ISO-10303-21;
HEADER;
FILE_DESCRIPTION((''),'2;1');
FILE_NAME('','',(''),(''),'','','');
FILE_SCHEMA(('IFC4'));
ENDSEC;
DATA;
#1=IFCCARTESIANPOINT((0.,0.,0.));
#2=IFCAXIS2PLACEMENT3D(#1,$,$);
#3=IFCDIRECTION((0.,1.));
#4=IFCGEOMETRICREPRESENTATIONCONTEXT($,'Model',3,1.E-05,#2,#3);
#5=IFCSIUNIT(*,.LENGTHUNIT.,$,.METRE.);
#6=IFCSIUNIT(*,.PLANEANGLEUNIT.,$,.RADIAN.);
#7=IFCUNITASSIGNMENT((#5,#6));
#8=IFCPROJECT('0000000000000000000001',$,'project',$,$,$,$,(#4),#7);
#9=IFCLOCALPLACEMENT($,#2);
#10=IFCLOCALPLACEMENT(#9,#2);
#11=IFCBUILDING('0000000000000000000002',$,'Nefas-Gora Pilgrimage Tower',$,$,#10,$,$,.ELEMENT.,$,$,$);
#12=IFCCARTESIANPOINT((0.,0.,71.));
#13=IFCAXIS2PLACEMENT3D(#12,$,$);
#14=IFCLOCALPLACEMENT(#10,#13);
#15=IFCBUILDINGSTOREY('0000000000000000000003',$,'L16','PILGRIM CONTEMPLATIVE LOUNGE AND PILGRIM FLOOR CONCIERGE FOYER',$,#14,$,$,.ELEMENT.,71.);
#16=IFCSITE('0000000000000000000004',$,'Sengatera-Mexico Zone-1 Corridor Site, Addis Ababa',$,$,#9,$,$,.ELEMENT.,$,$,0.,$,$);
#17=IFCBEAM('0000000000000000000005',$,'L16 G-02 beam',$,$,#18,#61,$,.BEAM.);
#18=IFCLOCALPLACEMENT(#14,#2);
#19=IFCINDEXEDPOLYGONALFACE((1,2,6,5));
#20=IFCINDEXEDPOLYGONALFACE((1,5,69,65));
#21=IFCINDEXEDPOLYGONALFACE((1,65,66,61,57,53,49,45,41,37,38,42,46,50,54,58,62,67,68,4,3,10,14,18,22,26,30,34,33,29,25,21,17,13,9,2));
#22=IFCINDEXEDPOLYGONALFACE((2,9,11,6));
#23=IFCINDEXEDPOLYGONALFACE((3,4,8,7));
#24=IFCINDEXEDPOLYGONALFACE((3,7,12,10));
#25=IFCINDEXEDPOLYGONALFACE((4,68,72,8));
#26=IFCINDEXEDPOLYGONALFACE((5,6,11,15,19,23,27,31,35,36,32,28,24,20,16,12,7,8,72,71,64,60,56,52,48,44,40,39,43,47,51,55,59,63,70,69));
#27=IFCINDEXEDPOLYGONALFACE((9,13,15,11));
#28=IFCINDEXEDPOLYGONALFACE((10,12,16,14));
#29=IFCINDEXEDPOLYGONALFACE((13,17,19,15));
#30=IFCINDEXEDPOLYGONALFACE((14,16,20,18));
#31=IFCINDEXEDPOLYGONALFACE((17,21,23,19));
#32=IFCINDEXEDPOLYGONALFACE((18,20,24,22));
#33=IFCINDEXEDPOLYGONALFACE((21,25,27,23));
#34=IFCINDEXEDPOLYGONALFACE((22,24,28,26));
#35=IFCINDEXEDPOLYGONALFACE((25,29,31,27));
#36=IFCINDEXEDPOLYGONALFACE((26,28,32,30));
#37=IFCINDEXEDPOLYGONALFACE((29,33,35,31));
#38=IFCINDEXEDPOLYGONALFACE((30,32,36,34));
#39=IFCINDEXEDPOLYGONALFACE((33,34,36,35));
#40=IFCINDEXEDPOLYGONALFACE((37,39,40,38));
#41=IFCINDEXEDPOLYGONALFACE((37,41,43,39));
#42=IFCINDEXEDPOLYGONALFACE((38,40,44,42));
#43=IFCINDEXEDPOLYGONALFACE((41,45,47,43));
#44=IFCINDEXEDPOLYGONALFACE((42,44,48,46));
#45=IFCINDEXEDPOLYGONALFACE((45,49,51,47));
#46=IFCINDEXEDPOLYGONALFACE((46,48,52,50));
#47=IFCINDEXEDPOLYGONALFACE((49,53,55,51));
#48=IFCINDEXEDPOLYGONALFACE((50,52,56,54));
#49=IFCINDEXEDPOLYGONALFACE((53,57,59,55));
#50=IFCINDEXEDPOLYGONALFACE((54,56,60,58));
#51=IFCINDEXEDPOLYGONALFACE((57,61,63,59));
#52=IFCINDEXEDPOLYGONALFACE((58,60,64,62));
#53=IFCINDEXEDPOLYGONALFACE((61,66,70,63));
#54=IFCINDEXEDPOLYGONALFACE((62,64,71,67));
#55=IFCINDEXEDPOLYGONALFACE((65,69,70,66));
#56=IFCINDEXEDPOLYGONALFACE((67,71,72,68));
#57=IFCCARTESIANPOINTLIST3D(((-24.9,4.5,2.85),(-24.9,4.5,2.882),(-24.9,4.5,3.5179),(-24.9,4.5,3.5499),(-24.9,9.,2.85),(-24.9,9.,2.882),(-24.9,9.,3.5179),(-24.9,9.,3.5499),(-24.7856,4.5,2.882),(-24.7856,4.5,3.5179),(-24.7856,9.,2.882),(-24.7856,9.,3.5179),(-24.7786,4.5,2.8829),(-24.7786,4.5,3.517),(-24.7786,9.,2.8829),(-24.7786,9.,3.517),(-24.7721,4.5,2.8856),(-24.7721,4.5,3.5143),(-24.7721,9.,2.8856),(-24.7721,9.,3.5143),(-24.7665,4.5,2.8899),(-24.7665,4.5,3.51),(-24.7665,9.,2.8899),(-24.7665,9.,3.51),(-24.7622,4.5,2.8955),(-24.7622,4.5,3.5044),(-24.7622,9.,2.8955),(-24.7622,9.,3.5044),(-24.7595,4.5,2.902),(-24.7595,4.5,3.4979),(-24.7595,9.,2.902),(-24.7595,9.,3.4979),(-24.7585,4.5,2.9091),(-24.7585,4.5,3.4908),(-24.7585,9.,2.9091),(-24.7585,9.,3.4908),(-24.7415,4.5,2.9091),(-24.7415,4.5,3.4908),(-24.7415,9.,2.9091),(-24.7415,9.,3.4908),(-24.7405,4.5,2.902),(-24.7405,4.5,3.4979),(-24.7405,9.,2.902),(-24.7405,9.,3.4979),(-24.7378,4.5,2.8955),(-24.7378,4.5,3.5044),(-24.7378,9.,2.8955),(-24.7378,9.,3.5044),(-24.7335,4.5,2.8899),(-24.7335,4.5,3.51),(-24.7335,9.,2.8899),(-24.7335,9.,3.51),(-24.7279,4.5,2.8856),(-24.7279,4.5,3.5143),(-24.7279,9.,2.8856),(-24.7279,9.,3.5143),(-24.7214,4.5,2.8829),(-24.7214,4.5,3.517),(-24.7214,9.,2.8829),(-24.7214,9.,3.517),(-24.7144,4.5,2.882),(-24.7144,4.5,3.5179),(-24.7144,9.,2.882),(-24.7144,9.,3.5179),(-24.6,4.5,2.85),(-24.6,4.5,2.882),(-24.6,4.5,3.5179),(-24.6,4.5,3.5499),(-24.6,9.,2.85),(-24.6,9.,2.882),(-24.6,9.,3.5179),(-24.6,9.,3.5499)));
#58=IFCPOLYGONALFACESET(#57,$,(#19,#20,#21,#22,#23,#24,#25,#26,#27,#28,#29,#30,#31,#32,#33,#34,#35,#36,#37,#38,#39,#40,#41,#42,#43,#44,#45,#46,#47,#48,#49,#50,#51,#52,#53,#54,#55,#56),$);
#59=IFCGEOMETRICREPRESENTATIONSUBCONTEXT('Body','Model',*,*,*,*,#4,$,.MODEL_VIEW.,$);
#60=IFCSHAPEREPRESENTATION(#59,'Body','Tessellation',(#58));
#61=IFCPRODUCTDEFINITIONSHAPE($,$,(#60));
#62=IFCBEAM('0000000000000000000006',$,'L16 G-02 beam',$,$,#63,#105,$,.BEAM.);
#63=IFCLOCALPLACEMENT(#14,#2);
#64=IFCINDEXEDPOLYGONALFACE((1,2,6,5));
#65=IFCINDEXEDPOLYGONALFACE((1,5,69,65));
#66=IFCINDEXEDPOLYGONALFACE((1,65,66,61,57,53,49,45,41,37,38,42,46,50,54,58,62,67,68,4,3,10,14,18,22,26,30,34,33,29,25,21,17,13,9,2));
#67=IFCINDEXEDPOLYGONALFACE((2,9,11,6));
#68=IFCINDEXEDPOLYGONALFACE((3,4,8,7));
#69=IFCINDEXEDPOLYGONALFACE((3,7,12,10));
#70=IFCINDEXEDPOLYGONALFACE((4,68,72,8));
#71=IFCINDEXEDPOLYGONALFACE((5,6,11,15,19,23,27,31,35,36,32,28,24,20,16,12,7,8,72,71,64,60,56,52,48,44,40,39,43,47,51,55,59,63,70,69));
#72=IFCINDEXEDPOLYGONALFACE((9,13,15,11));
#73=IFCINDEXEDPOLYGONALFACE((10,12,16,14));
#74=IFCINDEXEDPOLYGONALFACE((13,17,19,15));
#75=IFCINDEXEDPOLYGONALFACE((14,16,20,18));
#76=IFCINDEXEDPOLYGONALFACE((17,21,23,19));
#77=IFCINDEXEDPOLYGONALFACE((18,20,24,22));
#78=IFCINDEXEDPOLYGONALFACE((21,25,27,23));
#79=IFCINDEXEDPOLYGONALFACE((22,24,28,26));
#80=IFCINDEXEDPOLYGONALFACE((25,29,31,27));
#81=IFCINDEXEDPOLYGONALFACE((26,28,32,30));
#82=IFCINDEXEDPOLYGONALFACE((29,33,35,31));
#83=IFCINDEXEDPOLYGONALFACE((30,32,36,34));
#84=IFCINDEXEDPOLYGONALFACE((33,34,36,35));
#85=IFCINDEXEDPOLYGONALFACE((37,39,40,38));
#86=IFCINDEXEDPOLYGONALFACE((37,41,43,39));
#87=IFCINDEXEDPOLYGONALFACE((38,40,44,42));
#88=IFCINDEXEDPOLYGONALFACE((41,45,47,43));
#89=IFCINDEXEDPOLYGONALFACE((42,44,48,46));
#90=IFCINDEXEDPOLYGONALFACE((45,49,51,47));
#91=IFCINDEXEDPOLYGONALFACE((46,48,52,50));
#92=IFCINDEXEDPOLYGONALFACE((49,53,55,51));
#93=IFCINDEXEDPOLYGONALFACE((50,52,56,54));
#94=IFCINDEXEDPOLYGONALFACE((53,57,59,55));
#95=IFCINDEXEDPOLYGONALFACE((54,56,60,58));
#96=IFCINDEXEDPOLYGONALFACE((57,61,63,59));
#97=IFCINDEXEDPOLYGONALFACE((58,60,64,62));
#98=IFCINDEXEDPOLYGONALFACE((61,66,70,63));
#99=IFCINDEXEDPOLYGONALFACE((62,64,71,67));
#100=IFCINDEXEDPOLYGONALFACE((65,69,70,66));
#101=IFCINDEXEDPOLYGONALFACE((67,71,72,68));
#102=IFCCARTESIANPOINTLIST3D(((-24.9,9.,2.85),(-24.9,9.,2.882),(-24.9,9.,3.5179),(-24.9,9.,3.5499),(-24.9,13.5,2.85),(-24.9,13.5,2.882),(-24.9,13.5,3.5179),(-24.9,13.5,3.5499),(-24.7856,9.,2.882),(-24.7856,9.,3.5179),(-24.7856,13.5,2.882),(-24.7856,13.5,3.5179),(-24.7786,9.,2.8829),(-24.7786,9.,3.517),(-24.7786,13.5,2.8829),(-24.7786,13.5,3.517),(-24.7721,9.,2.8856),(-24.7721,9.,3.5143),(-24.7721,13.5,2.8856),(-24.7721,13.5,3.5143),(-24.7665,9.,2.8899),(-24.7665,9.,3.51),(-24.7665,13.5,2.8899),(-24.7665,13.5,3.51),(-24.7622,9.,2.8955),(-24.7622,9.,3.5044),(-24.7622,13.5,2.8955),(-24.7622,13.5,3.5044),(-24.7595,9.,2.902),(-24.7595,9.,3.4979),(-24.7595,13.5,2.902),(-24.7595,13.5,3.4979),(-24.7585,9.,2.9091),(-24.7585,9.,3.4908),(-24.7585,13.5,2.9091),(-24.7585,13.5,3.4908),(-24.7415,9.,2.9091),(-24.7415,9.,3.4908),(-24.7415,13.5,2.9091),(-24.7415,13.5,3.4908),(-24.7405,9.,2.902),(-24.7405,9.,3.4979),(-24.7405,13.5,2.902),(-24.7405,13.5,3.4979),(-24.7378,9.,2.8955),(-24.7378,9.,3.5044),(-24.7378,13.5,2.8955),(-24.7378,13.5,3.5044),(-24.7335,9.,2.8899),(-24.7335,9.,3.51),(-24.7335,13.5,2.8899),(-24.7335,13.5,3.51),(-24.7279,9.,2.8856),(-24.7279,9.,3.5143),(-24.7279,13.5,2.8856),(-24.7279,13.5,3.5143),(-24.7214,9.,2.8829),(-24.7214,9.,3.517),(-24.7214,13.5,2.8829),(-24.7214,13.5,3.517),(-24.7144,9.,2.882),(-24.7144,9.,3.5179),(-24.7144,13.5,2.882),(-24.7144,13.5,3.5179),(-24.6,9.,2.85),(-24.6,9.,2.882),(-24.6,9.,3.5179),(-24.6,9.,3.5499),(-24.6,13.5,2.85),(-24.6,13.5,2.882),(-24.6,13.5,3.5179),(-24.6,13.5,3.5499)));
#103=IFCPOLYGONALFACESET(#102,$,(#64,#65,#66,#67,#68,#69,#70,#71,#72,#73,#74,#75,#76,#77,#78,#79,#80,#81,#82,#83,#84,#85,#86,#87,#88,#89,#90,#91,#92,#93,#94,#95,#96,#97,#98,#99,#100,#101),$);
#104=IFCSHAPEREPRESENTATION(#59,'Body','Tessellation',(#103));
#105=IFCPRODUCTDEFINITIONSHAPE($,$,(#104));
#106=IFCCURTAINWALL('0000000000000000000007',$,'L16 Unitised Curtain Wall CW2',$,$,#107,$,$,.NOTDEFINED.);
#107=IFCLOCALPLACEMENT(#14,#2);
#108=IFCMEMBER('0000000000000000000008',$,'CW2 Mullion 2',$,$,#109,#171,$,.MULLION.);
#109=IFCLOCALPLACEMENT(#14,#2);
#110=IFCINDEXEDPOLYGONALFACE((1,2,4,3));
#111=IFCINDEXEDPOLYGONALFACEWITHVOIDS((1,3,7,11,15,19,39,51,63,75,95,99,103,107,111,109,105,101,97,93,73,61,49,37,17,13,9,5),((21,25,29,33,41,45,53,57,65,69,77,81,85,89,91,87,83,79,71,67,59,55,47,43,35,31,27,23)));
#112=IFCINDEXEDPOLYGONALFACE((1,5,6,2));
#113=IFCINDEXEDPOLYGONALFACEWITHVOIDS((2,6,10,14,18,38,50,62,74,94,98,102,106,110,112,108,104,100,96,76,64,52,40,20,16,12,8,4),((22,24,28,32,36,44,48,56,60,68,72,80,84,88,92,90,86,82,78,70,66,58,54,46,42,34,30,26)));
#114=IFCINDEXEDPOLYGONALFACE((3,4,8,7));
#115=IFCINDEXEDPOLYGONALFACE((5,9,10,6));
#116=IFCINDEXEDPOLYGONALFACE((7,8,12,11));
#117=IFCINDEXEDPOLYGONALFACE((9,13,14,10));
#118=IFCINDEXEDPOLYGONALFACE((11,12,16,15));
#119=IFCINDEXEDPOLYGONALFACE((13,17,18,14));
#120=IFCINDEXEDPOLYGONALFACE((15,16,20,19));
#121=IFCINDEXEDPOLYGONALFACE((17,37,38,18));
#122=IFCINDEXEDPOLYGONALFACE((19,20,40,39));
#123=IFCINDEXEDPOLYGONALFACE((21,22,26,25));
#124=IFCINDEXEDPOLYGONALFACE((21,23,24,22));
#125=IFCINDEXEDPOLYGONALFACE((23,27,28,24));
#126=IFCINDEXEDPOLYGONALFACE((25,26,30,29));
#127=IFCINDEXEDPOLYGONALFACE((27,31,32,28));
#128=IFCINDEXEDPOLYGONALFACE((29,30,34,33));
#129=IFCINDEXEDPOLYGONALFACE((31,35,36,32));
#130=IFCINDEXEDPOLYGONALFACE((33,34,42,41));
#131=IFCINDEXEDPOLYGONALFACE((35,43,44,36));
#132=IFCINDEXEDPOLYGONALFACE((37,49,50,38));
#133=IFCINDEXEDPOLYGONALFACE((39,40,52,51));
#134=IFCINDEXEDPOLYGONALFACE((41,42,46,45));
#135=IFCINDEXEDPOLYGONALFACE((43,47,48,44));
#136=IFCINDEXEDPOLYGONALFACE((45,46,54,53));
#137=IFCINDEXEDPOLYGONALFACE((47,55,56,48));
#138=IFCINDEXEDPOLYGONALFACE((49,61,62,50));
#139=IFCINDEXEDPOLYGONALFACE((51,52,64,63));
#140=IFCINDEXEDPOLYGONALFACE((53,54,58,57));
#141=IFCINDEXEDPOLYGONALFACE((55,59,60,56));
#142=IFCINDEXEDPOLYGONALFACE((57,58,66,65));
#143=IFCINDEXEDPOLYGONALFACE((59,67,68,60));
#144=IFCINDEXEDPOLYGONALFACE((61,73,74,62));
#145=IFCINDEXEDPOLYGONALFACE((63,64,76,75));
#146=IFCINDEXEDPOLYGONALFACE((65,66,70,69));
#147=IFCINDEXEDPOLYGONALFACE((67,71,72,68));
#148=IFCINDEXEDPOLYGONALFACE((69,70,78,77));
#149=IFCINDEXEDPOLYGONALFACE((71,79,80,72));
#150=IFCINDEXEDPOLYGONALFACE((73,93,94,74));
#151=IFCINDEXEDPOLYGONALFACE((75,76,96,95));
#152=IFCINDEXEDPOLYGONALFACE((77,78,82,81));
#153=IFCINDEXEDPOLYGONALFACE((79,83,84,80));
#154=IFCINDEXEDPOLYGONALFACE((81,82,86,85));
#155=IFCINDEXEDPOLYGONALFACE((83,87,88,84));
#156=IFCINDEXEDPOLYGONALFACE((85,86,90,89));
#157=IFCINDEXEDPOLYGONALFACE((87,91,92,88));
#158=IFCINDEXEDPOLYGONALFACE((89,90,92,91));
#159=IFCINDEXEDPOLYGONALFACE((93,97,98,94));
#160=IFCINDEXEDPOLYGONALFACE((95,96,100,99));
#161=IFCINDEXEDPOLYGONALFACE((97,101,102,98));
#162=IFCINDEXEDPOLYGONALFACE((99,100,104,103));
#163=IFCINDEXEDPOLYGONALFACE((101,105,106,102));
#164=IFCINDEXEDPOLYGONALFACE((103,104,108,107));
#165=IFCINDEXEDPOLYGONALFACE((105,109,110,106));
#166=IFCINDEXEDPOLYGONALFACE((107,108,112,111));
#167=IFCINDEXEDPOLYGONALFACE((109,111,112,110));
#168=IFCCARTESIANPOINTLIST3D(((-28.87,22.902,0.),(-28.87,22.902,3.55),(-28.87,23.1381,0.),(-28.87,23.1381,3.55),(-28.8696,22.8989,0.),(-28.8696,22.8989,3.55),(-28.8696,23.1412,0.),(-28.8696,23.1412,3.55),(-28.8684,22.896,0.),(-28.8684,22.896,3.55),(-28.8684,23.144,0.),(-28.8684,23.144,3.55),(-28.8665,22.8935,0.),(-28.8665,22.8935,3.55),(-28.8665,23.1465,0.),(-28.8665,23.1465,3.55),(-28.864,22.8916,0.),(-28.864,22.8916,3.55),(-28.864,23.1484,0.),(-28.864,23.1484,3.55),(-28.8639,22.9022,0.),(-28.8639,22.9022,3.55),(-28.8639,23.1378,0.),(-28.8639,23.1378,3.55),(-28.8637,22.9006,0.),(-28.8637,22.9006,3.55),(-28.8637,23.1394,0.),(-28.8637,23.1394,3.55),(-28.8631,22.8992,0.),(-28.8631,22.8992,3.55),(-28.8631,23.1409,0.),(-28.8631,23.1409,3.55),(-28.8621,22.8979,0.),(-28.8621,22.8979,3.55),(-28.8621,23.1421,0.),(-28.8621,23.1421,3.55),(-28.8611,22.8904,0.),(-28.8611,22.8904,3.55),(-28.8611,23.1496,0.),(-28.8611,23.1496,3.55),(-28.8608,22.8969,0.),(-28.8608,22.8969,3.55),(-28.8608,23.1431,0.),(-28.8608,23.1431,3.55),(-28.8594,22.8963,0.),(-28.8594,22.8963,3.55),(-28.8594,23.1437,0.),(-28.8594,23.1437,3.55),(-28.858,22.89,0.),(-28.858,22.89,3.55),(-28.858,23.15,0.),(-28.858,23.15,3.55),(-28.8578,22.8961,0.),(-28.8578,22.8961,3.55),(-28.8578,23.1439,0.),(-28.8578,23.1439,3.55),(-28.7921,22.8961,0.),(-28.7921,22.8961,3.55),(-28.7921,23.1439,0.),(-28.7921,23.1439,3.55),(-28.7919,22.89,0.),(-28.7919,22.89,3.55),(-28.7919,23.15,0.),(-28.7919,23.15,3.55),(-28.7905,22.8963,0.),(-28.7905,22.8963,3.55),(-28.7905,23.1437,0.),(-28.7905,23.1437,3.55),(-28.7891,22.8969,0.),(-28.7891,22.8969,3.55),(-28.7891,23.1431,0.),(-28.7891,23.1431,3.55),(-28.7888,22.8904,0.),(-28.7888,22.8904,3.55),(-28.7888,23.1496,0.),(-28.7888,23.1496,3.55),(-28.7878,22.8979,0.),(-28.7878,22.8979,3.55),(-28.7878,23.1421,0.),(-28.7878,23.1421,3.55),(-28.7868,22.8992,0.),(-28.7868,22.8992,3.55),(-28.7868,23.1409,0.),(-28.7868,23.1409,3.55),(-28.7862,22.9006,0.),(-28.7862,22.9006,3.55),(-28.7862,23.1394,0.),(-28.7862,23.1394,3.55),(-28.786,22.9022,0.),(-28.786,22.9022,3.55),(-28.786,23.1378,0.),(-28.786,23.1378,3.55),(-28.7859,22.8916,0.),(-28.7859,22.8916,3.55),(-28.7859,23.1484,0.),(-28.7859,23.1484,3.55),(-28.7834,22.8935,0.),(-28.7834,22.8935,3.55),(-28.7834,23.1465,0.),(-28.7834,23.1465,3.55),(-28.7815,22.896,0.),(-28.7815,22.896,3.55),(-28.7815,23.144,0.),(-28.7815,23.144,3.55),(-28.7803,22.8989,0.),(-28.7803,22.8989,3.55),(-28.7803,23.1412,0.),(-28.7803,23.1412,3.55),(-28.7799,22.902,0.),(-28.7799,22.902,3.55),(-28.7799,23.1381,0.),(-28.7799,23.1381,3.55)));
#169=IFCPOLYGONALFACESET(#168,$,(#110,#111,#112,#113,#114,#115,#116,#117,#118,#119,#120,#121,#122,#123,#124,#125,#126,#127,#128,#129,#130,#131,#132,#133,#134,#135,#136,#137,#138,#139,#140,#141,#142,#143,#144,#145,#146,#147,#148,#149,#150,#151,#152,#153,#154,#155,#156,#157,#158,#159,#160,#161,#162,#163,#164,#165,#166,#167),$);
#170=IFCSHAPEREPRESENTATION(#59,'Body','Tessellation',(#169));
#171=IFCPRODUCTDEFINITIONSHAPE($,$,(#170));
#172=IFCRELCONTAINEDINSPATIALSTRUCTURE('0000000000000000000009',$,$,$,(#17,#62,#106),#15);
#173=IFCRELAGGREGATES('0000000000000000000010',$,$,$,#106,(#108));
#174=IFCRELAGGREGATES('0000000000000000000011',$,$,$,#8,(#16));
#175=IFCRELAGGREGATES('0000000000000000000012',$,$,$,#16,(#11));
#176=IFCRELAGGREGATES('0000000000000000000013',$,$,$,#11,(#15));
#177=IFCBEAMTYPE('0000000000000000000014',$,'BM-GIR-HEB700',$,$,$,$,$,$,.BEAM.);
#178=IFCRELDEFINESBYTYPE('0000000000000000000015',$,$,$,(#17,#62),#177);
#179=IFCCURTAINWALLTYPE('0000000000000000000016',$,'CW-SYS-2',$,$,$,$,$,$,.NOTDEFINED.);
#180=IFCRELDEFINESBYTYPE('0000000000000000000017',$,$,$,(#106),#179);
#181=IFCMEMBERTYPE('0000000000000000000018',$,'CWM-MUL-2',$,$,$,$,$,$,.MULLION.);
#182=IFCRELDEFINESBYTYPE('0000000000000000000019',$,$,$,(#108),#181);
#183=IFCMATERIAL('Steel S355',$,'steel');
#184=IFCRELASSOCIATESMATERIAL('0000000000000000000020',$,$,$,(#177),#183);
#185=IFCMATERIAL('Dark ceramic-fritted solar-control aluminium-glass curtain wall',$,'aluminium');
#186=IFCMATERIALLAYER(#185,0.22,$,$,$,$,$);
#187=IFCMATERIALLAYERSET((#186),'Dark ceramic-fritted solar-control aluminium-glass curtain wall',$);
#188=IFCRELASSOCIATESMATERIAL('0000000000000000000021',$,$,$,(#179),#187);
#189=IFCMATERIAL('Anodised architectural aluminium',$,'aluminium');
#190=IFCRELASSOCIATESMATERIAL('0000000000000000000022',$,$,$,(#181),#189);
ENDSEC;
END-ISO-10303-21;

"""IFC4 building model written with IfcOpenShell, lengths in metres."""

from ifc_helpers import new_model, si_unit, direction, frame, origin, origin_2d, place, context, subcontext, project, spatial, hollow_rectangle, i_section, extrude, source, transform, mapped, material, layer, layer_set, material_profile, profile_set, type_object, element, aggregate, save


model = new_model("IFC4")

# Units and contexts
model_context = context("Model", 3, precision=1e-05, world=origin(), true_north=direction((0.0, 1.0)))
body_context = subcontext(model_context, "Body", "Model", "MODEL_VIEW")
ifc_project = project(units=[si_unit("LENGTHUNIT", "METRE"), si_unit("PLANEANGLEUNIT", "RADIAN")], contexts=[model_context])

# Site, building, storey
site_placement = place(None, origin())
site = spatial("IfcSite", under=ifc_project, at=site_placement, Name="Sengatera-Mexico Zone-1 Corridor Site, Addis Ababa", CompositionType="ELEMENT", RefElevation=0.0)
building_placement = place(site_placement, origin())
building = spatial("IfcBuilding", under=site, at=building_placement, Name="Nefas-Gora Pilgrimage Tower", CompositionType="ELEMENT")
storey_placement = place(building_placement, frame((0.0, 0.0, 71.0)))
storey = spatial("IfcBuildingStorey", under=building, at=storey_placement, Name="L16", Description="PILGRIM CONTEMPLATIVE LOUNGE AND PILGRIM FLOOR CONCIERGE FOYER", CompositionType="ELEMENT", Elevation=71.0)

# Beams
ifc_material_1 = material(Name="Steel S355", Category="steel")
ifc_material_profile_1 = material_profile(ifc_material_1, i_section(OverallWidth=0.3, OverallDepth=0.7, WebThickness=0.0171, FlangeThickness=0.032, FilletRadius=0.0271, at=origin_2d()), Name="HEB 700")
ifc_profile_set_1 = profile_set([ifc_material_profile_1], Name="Steel S355")
beam_type_1 = type_object("IfcBeamType", Name="BM-GIR-HEB700", PredefinedType="BEAM", material=ifc_profile_set_1)
shared_shape_1 = source(origin(), body_context, "Body", "SweptSolid", [
    extrude(i_section(OverallWidth=0.3, OverallDepth=0.7, WebThickness=0.0171, FlangeThickness=0.032, FilletRadius=0.0271, at=origin_2d()), origin(), (0.0, 0.0, 1.0), 4.5),
])
for number, where, z_axis, x_axis, name in (
    (1, (-24.75, 4.5, 3.2), (0.0, 1.0, 0.0), (-1.0, 0.0, 0.0), "L16 G-02 beam"),
    (2, (-24.75, 9.0, 3.2), (0.0, 1.0, 0.0), (-1.0, 0.0, 0.0), "L16 G-02 beam"),
):
    element("IfcBeam", number, at=place(storey_placement, frame(where, z_axis=z_axis, x_axis=x_axis)), inside=storey, type_object=beam_type_1, Name=name, PredefinedType="BEAM", context=body_context, shape_type="MappedRepresentation", body=[
        mapped(shared_shape_1, transform((0.0, 0.0, 0.0), x_axis=(1.0, 0.0, 0.0), y_axis=(0.0, 1.0, 0.0), z_axis=(0.0, 0.0, 1.0), scale=1.0)),
    ])

# Curtain wall, member
ifc_material_2 = material(Name="Dark ceramic-fritted solar-control aluminium-glass curtain wall", Category="aluminium")
ifc_layer_1 = layer(ifc_material_2, 0.22)
ifc_layer_set_1 = layer_set([ifc_layer_1], Name="Dark ceramic-fritted solar-control aluminium-glass curtain wall")
curtain_wall_type = type_object("IfcCurtainWallType", Name="CW-SYS-2", PredefinedType="NOTDEFINED", material=ifc_layer_set_1)
curtain_wall_1_placement = place(storey_placement, origin())
curtain_wall_1 = element("IfcCurtainWall", 3, at=curtain_wall_1_placement, inside=storey, type_object=curtain_wall_type, Name="L16 Unitised Curtain Wall CW2", PredefinedType="NOTDEFINED")
ifc_material_3 = material(Name="Anodised architectural aluminium", Category="aluminium")
ifc_material_profile_2 = material_profile(ifc_material_3, hollow_rectangle(XDim=0.0901, YDim=0.26, WallThickness=0.0061, InnerFilletRadius=0.0061, OuterFilletRadius=0.012, at=origin_2d()), Name="ALU MULLION 90x260")
ifc_profile_set_2 = profile_set([ifc_material_profile_2], Name="Anodised architectural aluminium")
member_type_1 = type_object("IfcMemberType", Name="CWM-MUL-2", PredefinedType="MULLION", material=ifc_profile_set_2)
shared_shape_2 = source(origin(), body_context, "Body", "SweptSolid", [
    extrude(hollow_rectangle(XDim=0.0901, YDim=0.26, WallThickness=0.0061, InnerFilletRadius=0.0061, OuterFilletRadius=0.012, at=origin_2d()), origin(), (0.0, 0.0, 1.0), 3.55),
])
member_1_placement = place(storey_placement, frame((-28.825, 23.02, 0.0), z_axis=(0.0, 0.0, 1.0), x_axis=(-1.0, 0.0, 0.0)))
member_1 = element("IfcMember", 4, at=member_1_placement, type_object=member_type_1, Name="CW2 Mullion 2", PredefinedType="MULLION", context=body_context, shape_type="MappedRepresentation", body=[
    mapped(shared_shape_2, transform((0.0, 0.0, 0.0), x_axis=(1.0, 0.0, 0.0), y_axis=(0.0, 1.0, 0.0), z_axis=(0.0, 0.0, 1.0), scale=1.0)),
])
aggregate(curtain_wall_1, [member_1])

save(model, "model.ifc")
